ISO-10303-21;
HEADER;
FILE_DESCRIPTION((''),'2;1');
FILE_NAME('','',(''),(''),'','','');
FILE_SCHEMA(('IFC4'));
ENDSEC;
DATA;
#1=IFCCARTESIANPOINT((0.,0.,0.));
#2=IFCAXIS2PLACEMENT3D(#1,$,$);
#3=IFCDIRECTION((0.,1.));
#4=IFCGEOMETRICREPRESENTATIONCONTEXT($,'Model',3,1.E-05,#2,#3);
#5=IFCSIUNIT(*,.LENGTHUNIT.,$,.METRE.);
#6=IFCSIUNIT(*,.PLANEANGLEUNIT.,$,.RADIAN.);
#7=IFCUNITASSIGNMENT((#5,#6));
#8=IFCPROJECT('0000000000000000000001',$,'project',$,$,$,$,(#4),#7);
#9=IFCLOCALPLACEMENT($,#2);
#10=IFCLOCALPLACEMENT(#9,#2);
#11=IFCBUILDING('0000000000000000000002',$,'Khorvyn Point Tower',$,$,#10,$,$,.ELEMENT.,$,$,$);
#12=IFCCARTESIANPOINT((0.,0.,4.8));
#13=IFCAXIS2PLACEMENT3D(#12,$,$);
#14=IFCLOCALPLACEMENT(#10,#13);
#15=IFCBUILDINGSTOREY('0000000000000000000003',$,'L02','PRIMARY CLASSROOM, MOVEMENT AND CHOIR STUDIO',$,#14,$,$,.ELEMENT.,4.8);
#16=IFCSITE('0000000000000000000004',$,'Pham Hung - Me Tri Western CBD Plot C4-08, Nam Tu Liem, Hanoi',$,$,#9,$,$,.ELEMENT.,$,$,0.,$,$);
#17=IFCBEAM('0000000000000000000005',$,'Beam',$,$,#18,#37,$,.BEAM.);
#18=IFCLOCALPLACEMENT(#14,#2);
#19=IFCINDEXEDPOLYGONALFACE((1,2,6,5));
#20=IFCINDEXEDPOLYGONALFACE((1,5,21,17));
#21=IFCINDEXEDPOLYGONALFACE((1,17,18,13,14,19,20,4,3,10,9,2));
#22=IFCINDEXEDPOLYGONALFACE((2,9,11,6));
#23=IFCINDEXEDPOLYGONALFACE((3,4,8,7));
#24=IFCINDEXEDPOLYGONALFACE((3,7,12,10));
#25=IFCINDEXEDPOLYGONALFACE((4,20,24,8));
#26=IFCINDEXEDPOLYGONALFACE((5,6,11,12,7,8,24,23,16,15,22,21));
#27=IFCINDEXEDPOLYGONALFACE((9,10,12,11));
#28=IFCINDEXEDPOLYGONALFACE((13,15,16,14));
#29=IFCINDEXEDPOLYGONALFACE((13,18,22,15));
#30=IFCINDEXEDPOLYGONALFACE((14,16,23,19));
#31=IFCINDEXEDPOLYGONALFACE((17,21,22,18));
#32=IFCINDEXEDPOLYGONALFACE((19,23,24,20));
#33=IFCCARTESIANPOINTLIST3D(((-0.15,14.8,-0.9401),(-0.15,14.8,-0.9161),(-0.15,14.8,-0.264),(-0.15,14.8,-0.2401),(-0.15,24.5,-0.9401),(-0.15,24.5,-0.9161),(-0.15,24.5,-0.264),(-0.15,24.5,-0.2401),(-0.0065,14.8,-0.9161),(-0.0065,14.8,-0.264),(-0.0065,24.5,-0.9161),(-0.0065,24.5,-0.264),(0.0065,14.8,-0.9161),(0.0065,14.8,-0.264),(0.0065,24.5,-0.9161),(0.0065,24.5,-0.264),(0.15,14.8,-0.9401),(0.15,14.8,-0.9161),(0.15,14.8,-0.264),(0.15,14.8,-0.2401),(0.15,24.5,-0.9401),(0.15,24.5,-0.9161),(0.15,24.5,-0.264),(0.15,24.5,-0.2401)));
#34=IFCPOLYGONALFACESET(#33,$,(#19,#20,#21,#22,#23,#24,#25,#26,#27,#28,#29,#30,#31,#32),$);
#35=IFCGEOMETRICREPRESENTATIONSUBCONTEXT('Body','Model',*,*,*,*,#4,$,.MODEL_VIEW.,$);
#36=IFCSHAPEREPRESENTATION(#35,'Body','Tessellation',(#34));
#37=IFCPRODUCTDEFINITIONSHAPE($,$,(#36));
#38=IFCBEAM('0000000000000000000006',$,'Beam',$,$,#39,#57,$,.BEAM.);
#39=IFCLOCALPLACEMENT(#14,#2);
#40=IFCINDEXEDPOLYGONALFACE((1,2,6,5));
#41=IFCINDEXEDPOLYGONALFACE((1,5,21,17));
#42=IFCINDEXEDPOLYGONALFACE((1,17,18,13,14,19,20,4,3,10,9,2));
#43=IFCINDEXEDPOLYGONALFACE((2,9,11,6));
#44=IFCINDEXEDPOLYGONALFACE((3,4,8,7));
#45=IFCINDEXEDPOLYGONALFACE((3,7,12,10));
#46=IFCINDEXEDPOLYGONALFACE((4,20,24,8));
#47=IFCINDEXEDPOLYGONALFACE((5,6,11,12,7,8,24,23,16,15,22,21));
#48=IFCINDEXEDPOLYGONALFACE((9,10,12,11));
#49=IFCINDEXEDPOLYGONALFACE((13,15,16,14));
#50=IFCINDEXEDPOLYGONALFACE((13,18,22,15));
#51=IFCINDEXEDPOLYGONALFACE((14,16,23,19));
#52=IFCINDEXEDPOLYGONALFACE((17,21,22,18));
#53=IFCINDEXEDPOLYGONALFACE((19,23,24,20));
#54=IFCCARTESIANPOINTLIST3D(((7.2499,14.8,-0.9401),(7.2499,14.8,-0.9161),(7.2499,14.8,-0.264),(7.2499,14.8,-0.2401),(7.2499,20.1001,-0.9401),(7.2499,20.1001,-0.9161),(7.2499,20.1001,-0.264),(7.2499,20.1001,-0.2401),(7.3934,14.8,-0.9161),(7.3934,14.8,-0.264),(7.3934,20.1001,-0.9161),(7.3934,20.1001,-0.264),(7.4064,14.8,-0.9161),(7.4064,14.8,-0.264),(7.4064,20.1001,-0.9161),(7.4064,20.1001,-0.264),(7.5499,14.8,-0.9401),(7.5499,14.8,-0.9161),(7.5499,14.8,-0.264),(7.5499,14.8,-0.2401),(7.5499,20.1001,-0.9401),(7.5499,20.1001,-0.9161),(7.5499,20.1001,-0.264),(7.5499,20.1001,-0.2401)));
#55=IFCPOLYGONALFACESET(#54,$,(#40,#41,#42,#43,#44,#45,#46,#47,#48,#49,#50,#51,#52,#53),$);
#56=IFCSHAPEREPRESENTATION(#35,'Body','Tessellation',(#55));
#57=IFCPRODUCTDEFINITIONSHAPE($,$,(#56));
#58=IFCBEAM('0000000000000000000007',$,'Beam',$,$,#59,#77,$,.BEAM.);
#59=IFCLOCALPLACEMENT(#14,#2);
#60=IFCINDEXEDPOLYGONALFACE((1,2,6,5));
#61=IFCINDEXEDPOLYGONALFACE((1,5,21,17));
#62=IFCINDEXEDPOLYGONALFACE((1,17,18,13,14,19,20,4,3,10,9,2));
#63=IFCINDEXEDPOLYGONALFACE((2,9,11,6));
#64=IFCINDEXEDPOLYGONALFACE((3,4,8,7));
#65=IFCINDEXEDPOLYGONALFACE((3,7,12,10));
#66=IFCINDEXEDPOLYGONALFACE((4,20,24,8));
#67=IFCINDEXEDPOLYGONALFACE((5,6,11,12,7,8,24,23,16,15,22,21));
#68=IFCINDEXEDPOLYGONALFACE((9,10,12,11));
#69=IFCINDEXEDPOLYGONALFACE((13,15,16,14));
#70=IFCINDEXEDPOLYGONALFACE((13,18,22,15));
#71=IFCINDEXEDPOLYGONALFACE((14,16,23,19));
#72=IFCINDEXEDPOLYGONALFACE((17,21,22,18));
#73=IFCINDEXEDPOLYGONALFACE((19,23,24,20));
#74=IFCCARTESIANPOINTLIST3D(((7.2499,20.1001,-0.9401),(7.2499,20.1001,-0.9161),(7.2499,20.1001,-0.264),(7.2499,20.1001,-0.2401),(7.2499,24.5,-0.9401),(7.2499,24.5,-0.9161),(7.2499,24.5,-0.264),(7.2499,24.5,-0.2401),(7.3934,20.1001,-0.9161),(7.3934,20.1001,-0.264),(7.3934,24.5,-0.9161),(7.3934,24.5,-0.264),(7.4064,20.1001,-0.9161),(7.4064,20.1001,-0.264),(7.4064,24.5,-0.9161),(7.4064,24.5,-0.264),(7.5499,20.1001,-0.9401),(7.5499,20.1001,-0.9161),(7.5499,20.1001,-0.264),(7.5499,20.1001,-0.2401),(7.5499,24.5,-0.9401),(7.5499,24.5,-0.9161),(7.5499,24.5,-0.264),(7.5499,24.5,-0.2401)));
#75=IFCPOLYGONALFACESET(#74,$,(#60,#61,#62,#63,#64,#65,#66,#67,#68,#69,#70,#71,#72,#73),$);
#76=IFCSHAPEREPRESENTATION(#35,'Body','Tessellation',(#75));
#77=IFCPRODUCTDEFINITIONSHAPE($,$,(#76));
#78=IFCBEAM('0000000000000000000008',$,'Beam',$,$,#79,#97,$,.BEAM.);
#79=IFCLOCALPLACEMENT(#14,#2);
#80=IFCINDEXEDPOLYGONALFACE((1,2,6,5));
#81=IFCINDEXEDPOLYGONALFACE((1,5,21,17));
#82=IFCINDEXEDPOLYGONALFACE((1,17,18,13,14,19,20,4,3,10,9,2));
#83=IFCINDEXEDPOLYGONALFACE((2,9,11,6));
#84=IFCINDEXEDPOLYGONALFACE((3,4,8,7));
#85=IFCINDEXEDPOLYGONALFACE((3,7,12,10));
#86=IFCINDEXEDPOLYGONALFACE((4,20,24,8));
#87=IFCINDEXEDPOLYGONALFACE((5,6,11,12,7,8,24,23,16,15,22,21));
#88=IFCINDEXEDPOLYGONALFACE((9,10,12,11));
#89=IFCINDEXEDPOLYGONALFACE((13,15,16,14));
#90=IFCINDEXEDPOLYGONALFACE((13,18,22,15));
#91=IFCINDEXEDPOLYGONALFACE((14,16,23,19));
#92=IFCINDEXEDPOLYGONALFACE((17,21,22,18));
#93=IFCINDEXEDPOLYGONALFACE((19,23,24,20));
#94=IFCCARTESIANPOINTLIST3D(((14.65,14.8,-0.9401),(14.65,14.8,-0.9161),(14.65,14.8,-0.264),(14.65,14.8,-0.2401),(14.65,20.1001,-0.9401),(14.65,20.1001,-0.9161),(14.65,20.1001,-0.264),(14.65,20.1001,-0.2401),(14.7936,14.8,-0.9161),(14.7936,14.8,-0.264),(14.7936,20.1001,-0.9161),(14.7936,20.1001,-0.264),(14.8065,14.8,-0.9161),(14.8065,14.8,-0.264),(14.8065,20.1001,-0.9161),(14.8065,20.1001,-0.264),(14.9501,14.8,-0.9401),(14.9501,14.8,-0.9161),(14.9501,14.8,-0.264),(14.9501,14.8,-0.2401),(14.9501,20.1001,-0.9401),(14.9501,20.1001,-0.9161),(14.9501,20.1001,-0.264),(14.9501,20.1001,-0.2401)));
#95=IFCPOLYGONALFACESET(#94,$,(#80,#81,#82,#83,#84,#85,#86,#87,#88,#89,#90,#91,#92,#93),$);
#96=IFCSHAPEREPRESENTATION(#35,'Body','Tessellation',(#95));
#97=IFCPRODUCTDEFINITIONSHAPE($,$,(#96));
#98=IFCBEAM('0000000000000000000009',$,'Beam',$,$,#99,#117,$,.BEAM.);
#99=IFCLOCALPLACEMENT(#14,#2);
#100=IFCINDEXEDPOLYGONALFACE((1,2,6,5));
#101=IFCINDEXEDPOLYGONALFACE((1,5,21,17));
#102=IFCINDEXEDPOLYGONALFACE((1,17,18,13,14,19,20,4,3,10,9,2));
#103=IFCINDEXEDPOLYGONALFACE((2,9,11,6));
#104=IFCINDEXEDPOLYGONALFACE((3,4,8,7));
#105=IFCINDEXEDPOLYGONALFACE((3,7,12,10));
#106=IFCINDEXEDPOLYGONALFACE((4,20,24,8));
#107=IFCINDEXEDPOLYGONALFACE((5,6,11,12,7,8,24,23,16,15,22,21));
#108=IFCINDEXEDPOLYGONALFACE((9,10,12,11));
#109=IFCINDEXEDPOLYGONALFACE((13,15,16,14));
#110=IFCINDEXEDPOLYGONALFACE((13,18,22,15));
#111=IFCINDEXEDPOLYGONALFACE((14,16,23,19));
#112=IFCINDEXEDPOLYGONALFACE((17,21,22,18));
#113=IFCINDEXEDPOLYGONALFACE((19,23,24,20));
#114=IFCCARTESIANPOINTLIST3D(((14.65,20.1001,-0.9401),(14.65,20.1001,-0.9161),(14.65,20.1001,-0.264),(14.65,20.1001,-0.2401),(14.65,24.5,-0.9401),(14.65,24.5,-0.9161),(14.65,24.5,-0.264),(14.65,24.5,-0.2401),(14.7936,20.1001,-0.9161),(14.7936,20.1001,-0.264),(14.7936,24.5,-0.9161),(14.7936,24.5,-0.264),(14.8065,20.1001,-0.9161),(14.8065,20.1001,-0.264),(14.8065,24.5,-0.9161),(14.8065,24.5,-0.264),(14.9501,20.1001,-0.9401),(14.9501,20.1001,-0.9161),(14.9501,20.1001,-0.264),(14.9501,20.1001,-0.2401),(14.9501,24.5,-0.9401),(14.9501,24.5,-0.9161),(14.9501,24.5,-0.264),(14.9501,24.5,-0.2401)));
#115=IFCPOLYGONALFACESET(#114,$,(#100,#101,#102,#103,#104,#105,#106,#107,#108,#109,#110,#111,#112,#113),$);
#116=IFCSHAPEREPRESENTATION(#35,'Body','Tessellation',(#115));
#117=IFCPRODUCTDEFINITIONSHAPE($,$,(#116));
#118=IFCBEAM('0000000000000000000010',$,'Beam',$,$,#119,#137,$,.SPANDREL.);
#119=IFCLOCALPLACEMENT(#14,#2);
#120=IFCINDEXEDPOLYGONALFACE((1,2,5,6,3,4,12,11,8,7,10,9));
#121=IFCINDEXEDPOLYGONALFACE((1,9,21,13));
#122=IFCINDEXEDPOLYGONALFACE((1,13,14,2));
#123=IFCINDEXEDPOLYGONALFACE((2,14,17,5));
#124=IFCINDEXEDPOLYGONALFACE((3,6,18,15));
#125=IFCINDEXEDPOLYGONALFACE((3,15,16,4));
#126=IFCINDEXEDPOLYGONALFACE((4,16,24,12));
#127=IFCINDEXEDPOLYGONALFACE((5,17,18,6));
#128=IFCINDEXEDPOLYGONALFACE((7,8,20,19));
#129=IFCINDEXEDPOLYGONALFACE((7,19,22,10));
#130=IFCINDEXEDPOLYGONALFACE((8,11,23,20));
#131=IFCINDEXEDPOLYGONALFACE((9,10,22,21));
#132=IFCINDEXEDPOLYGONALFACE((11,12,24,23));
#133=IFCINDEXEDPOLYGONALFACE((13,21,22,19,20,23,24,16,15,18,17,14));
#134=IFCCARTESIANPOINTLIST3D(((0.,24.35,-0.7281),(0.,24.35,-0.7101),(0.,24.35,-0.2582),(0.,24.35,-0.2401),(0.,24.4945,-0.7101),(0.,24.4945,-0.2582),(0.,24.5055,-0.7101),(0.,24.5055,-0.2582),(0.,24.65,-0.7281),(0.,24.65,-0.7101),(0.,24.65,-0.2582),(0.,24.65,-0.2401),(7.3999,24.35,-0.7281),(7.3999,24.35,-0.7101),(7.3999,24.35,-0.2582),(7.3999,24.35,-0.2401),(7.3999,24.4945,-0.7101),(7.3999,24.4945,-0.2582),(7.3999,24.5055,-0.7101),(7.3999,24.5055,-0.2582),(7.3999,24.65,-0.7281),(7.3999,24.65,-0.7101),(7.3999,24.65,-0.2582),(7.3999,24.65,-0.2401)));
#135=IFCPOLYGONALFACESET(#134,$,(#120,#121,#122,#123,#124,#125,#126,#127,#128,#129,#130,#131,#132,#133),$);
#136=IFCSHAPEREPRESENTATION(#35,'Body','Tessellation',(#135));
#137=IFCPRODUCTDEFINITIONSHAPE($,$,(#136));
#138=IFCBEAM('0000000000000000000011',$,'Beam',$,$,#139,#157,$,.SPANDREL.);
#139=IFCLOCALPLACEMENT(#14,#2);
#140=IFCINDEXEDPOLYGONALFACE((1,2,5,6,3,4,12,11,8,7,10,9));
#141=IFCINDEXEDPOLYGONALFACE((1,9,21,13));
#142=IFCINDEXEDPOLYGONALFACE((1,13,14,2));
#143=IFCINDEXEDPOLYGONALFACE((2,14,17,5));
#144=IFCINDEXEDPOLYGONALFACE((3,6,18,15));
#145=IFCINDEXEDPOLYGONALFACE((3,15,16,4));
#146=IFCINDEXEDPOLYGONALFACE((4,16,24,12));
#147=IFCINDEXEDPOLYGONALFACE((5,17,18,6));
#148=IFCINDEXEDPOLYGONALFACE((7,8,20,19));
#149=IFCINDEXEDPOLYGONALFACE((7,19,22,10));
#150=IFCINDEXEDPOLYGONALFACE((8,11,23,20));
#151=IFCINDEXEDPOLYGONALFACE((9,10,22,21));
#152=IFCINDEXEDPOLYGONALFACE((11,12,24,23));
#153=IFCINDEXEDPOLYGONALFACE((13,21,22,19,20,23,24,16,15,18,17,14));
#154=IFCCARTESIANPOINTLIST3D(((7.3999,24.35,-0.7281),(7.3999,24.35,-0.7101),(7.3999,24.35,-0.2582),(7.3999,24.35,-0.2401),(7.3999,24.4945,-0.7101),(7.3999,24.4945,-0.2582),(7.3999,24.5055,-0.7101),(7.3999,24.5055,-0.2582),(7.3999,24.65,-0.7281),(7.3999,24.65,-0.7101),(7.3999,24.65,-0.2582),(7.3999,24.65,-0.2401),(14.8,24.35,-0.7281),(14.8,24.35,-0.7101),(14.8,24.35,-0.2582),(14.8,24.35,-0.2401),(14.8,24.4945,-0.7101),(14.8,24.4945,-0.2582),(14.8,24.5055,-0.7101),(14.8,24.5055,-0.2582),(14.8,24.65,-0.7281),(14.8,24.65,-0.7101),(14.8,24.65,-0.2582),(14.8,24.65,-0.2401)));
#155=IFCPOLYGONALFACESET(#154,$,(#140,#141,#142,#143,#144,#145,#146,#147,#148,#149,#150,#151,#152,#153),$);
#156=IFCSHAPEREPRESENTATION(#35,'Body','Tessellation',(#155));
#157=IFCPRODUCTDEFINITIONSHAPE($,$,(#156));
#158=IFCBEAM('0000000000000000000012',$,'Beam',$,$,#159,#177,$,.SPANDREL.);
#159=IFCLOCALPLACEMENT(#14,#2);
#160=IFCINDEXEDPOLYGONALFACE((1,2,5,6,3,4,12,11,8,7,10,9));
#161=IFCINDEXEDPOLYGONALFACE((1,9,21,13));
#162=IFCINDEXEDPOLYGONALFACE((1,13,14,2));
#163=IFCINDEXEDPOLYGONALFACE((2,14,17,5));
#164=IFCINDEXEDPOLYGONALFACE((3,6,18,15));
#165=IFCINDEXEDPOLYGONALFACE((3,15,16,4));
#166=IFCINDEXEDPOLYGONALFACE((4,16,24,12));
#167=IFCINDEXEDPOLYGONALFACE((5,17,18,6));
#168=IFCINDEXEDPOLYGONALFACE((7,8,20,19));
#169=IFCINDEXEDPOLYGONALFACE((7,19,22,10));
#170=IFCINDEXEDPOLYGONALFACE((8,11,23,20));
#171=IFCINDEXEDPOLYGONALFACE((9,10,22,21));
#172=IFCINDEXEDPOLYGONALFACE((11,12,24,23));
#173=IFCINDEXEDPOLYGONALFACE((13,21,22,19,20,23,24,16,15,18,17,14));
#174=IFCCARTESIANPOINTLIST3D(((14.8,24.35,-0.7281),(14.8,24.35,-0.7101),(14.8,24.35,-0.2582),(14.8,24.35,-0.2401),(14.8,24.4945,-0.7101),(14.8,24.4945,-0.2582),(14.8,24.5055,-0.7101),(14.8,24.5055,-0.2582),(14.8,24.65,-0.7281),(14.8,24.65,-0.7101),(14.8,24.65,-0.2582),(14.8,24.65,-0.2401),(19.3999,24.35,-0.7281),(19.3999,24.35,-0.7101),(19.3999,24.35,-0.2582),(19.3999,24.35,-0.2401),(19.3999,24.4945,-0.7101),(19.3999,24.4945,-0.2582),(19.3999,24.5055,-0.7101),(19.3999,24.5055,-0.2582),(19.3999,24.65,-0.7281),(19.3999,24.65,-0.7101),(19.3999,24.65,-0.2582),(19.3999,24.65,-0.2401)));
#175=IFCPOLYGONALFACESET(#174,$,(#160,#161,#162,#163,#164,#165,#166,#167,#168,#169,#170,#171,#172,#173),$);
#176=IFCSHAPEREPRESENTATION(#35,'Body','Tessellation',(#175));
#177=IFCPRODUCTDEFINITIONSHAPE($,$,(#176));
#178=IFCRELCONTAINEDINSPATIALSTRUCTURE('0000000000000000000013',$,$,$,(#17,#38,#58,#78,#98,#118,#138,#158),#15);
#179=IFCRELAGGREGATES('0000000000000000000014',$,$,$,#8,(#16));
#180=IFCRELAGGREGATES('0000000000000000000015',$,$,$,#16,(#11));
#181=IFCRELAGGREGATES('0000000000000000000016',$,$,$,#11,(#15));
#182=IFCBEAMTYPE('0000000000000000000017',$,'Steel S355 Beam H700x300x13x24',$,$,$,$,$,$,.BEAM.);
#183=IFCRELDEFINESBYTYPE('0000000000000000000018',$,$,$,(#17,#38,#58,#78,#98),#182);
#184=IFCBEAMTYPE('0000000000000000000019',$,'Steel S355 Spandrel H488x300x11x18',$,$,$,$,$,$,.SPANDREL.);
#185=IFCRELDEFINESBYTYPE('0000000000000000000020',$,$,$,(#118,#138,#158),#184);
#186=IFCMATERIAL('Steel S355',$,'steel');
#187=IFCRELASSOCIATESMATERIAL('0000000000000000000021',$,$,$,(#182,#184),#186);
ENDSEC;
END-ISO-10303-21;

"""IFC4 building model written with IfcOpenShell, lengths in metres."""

from ifc_helpers import new_model, si_unit, direction, frame, origin, origin_2d, place, context, subcontext, project, spatial, i_section, extrude, material, material_profile, profile_set, type_object, element, save


model = new_model("IFC4")

# Units and contexts
model_context = context("Model", 3, precision=1e-05, world=origin(), true_north=direction((0.0, 1.0)))
body_context = subcontext(model_context, "Body", "Model", "MODEL_VIEW")
ifc_project = project(units=[si_unit("LENGTHUNIT", "METRE"), si_unit("PLANEANGLEUNIT", "RADIAN")], contexts=[model_context])

# Site, building, storey
site_placement = place(None, origin())
site = spatial("IfcSite", under=ifc_project, at=site_placement, Name="Pham Hung - Me Tri Western CBD Plot C4-08, Nam Tu Liem, Hanoi", CompositionType="ELEMENT", RefElevation=0.0)
building_placement = place(site_placement, origin())
building = spatial("IfcBuilding", under=site, at=building_placement, Name="Khorvyn Point Tower", CompositionType="ELEMENT")
storey_placement = place(building_placement, frame((0.0, 0.0, 4.8)))
storey = spatial("IfcBuildingStorey", under=building, at=storey_placement, Name="L02", Description="PRIMARY CLASSROOM, MOVEMENT AND CHOIR STUDIO", CompositionType="ELEMENT", Elevation=4.8)

# Beams
ifc_material_1 = material(Name="Steel S355", Category="steel")
ifc_material_profile_1 = material_profile(ifc_material_1, i_section(OverallWidth=0.3, OverallDepth=0.7, WebThickness=0.0129, FlangeThickness=0.0239, at=origin_2d()))
ifc_profile_set_1 = profile_set([ifc_material_profile_1], Name="Steel S355 H700x300x13x24")
beam_type_1 = type_object("IfcBeamType", Name="Steel S355 Beam H700x300x13x24", PredefinedType="BEAM", material=ifc_profile_set_1)
beam_1_placement = place(storey_placement, frame((0.0, 14.8, -0.5901), z_axis=(0.0, 1.0, 0.0), x_axis=(-1.0, 0.0, 0.0)))
element("IfcBeam", 1, at=beam_1_placement, inside=storey, type_object=beam_type_1, Name="Beam", PredefinedType="BEAM", context=body_context, shape_type="SweptSolid", body=[
    extrude(i_section(OverallWidth=0.3, OverallDepth=0.7, WebThickness=0.0129, FlangeThickness=0.0239, at=origin_2d()), origin(), (0.0, 0.0, 1.0), 9.7),
])
beam_2_placement = place(storey_placement, frame((7.3999, 14.8, -0.5901), z_axis=(0.0, 1.0, 0.0), x_axis=(-1.0, 0.0, 0.0)))
element("IfcBeam", 2, at=beam_2_placement, inside=storey, type_object=beam_type_1, Name="Beam", PredefinedType="BEAM", context=body_context, shape_type="SweptSolid", body=[
    extrude(i_section(OverallWidth=0.3, OverallDepth=0.7, WebThickness=0.0129, FlangeThickness=0.0239, at=origin_2d()), origin(), (0.0, 0.0, 1.0), 5.3),
])
beam_3_placement = place(storey_placement, frame((7.3999, 20.1001, -0.5901), z_axis=(0.0, 1.0, 0.0), x_axis=(-1.0, 0.0, 0.0)))
element("IfcBeam", 3, at=beam_3_placement, inside=storey, type_object=beam_type_1, Name="Beam", PredefinedType="BEAM", context=body_context, shape_type="SweptSolid", body=[
    extrude(i_section(OverallWidth=0.3, OverallDepth=0.7, WebThickness=0.0129, FlangeThickness=0.0239, at=origin_2d()), origin(), (0.0, 0.0, 1.0), 4.3999),
])
beam_4_placement = place(storey_placement, frame((14.8, 14.8, -0.5901), z_axis=(0.0, 1.0, 0.0), x_axis=(-1.0, 0.0, 0.0)))
element("IfcBeam", 4, at=beam_4_placement, inside=storey, type_object=beam_type_1, Name="Beam", PredefinedType="BEAM", context=body_context, shape_type="SweptSolid", body=[
    extrude(i_section(OverallWidth=0.3, OverallDepth=0.7, WebThickness=0.0129, FlangeThickness=0.0239, at=origin_2d()), origin(), (0.0, 0.0, 1.0), 5.3),
])
beam_5_placement = place(storey_placement, frame((14.8, 20.1001, -0.5901), z_axis=(0.0, 1.0, 0.0), x_axis=(-1.0, 0.0, 0.0)))
element("IfcBeam", 5, at=beam_5_placement, inside=storey, type_object=beam_type_1, Name="Beam", PredefinedType="BEAM", context=body_context, shape_type="SweptSolid", body=[
    extrude(i_section(OverallWidth=0.3, OverallDepth=0.7, WebThickness=0.0129, FlangeThickness=0.0239, at=origin_2d()), origin(), (0.0, 0.0, 1.0), 4.3999),
])
ifc_material_profile_2 = material_profile(ifc_material_1, i_section(OverallWidth=0.3, OverallDepth=0.488, WebThickness=0.011, FlangeThickness=0.0181, at=origin_2d()))
ifc_profile_set_2 = profile_set([ifc_material_profile_2], Name="Steel S355 H488x300x11x18")
beam_type_2 = type_object("IfcBeamType", Name="Steel S355 Spandrel H488x300x11x18", PredefinedType="SPANDREL", material=ifc_profile_set_2)
beam_6_placement = place(storey_placement, frame((0.0, 24.5, -0.4841), z_axis=(1.0, 0.0, 0.0), x_axis=(0.0, 1.0, 0.0)))
element("IfcBeam", 6, at=beam_6_placement, inside=storey, type_object=beam_type_2, Name="Beam", PredefinedType="SPANDREL", context=body_context, shape_type="SweptSolid", body=[
    extrude(i_section(OverallWidth=0.3, OverallDepth=0.488, WebThickness=0.011, FlangeThickness=0.0181, at=origin_2d()), origin(), (0.0, 0.0, 1.0), 7.3999),
])
beam_7_placement = place(storey_placement, frame((7.3999, 24.5, -0.4841), z_axis=(1.0, 0.0, 0.0), x_axis=(0.0, 1.0, 0.0)))
element("IfcBeam", 7, at=beam_7_placement, inside=storey, type_object=beam_type_2, Name="Beam", PredefinedType="SPANDREL", context=body_context, shape_type="SweptSolid", body=[
    extrude(i_section(OverallWidth=0.3, OverallDepth=0.488, WebThickness=0.011, FlangeThickness=0.0181, at=origin_2d()), origin(), (0.0, 0.0, 1.0), 7.4001),
])
beam_8_placement = place(storey_placement, frame((14.8, 24.5, -0.4841), z_axis=(1.0, 0.0, 0.0), x_axis=(0.0, 1.0, 0.0)))
element("IfcBeam", 8, at=beam_8_placement, inside=storey, type_object=beam_type_2, Name="Beam", PredefinedType="SPANDREL", context=body_context, shape_type="SweptSolid", body=[
    extrude(i_section(OverallWidth=0.3, OverallDepth=0.488, WebThickness=0.011, FlangeThickness=0.0181, at=origin_2d()), origin(), (0.0, 0.0, 1.0), 4.5999),
])

save(model, "model.ifc")
